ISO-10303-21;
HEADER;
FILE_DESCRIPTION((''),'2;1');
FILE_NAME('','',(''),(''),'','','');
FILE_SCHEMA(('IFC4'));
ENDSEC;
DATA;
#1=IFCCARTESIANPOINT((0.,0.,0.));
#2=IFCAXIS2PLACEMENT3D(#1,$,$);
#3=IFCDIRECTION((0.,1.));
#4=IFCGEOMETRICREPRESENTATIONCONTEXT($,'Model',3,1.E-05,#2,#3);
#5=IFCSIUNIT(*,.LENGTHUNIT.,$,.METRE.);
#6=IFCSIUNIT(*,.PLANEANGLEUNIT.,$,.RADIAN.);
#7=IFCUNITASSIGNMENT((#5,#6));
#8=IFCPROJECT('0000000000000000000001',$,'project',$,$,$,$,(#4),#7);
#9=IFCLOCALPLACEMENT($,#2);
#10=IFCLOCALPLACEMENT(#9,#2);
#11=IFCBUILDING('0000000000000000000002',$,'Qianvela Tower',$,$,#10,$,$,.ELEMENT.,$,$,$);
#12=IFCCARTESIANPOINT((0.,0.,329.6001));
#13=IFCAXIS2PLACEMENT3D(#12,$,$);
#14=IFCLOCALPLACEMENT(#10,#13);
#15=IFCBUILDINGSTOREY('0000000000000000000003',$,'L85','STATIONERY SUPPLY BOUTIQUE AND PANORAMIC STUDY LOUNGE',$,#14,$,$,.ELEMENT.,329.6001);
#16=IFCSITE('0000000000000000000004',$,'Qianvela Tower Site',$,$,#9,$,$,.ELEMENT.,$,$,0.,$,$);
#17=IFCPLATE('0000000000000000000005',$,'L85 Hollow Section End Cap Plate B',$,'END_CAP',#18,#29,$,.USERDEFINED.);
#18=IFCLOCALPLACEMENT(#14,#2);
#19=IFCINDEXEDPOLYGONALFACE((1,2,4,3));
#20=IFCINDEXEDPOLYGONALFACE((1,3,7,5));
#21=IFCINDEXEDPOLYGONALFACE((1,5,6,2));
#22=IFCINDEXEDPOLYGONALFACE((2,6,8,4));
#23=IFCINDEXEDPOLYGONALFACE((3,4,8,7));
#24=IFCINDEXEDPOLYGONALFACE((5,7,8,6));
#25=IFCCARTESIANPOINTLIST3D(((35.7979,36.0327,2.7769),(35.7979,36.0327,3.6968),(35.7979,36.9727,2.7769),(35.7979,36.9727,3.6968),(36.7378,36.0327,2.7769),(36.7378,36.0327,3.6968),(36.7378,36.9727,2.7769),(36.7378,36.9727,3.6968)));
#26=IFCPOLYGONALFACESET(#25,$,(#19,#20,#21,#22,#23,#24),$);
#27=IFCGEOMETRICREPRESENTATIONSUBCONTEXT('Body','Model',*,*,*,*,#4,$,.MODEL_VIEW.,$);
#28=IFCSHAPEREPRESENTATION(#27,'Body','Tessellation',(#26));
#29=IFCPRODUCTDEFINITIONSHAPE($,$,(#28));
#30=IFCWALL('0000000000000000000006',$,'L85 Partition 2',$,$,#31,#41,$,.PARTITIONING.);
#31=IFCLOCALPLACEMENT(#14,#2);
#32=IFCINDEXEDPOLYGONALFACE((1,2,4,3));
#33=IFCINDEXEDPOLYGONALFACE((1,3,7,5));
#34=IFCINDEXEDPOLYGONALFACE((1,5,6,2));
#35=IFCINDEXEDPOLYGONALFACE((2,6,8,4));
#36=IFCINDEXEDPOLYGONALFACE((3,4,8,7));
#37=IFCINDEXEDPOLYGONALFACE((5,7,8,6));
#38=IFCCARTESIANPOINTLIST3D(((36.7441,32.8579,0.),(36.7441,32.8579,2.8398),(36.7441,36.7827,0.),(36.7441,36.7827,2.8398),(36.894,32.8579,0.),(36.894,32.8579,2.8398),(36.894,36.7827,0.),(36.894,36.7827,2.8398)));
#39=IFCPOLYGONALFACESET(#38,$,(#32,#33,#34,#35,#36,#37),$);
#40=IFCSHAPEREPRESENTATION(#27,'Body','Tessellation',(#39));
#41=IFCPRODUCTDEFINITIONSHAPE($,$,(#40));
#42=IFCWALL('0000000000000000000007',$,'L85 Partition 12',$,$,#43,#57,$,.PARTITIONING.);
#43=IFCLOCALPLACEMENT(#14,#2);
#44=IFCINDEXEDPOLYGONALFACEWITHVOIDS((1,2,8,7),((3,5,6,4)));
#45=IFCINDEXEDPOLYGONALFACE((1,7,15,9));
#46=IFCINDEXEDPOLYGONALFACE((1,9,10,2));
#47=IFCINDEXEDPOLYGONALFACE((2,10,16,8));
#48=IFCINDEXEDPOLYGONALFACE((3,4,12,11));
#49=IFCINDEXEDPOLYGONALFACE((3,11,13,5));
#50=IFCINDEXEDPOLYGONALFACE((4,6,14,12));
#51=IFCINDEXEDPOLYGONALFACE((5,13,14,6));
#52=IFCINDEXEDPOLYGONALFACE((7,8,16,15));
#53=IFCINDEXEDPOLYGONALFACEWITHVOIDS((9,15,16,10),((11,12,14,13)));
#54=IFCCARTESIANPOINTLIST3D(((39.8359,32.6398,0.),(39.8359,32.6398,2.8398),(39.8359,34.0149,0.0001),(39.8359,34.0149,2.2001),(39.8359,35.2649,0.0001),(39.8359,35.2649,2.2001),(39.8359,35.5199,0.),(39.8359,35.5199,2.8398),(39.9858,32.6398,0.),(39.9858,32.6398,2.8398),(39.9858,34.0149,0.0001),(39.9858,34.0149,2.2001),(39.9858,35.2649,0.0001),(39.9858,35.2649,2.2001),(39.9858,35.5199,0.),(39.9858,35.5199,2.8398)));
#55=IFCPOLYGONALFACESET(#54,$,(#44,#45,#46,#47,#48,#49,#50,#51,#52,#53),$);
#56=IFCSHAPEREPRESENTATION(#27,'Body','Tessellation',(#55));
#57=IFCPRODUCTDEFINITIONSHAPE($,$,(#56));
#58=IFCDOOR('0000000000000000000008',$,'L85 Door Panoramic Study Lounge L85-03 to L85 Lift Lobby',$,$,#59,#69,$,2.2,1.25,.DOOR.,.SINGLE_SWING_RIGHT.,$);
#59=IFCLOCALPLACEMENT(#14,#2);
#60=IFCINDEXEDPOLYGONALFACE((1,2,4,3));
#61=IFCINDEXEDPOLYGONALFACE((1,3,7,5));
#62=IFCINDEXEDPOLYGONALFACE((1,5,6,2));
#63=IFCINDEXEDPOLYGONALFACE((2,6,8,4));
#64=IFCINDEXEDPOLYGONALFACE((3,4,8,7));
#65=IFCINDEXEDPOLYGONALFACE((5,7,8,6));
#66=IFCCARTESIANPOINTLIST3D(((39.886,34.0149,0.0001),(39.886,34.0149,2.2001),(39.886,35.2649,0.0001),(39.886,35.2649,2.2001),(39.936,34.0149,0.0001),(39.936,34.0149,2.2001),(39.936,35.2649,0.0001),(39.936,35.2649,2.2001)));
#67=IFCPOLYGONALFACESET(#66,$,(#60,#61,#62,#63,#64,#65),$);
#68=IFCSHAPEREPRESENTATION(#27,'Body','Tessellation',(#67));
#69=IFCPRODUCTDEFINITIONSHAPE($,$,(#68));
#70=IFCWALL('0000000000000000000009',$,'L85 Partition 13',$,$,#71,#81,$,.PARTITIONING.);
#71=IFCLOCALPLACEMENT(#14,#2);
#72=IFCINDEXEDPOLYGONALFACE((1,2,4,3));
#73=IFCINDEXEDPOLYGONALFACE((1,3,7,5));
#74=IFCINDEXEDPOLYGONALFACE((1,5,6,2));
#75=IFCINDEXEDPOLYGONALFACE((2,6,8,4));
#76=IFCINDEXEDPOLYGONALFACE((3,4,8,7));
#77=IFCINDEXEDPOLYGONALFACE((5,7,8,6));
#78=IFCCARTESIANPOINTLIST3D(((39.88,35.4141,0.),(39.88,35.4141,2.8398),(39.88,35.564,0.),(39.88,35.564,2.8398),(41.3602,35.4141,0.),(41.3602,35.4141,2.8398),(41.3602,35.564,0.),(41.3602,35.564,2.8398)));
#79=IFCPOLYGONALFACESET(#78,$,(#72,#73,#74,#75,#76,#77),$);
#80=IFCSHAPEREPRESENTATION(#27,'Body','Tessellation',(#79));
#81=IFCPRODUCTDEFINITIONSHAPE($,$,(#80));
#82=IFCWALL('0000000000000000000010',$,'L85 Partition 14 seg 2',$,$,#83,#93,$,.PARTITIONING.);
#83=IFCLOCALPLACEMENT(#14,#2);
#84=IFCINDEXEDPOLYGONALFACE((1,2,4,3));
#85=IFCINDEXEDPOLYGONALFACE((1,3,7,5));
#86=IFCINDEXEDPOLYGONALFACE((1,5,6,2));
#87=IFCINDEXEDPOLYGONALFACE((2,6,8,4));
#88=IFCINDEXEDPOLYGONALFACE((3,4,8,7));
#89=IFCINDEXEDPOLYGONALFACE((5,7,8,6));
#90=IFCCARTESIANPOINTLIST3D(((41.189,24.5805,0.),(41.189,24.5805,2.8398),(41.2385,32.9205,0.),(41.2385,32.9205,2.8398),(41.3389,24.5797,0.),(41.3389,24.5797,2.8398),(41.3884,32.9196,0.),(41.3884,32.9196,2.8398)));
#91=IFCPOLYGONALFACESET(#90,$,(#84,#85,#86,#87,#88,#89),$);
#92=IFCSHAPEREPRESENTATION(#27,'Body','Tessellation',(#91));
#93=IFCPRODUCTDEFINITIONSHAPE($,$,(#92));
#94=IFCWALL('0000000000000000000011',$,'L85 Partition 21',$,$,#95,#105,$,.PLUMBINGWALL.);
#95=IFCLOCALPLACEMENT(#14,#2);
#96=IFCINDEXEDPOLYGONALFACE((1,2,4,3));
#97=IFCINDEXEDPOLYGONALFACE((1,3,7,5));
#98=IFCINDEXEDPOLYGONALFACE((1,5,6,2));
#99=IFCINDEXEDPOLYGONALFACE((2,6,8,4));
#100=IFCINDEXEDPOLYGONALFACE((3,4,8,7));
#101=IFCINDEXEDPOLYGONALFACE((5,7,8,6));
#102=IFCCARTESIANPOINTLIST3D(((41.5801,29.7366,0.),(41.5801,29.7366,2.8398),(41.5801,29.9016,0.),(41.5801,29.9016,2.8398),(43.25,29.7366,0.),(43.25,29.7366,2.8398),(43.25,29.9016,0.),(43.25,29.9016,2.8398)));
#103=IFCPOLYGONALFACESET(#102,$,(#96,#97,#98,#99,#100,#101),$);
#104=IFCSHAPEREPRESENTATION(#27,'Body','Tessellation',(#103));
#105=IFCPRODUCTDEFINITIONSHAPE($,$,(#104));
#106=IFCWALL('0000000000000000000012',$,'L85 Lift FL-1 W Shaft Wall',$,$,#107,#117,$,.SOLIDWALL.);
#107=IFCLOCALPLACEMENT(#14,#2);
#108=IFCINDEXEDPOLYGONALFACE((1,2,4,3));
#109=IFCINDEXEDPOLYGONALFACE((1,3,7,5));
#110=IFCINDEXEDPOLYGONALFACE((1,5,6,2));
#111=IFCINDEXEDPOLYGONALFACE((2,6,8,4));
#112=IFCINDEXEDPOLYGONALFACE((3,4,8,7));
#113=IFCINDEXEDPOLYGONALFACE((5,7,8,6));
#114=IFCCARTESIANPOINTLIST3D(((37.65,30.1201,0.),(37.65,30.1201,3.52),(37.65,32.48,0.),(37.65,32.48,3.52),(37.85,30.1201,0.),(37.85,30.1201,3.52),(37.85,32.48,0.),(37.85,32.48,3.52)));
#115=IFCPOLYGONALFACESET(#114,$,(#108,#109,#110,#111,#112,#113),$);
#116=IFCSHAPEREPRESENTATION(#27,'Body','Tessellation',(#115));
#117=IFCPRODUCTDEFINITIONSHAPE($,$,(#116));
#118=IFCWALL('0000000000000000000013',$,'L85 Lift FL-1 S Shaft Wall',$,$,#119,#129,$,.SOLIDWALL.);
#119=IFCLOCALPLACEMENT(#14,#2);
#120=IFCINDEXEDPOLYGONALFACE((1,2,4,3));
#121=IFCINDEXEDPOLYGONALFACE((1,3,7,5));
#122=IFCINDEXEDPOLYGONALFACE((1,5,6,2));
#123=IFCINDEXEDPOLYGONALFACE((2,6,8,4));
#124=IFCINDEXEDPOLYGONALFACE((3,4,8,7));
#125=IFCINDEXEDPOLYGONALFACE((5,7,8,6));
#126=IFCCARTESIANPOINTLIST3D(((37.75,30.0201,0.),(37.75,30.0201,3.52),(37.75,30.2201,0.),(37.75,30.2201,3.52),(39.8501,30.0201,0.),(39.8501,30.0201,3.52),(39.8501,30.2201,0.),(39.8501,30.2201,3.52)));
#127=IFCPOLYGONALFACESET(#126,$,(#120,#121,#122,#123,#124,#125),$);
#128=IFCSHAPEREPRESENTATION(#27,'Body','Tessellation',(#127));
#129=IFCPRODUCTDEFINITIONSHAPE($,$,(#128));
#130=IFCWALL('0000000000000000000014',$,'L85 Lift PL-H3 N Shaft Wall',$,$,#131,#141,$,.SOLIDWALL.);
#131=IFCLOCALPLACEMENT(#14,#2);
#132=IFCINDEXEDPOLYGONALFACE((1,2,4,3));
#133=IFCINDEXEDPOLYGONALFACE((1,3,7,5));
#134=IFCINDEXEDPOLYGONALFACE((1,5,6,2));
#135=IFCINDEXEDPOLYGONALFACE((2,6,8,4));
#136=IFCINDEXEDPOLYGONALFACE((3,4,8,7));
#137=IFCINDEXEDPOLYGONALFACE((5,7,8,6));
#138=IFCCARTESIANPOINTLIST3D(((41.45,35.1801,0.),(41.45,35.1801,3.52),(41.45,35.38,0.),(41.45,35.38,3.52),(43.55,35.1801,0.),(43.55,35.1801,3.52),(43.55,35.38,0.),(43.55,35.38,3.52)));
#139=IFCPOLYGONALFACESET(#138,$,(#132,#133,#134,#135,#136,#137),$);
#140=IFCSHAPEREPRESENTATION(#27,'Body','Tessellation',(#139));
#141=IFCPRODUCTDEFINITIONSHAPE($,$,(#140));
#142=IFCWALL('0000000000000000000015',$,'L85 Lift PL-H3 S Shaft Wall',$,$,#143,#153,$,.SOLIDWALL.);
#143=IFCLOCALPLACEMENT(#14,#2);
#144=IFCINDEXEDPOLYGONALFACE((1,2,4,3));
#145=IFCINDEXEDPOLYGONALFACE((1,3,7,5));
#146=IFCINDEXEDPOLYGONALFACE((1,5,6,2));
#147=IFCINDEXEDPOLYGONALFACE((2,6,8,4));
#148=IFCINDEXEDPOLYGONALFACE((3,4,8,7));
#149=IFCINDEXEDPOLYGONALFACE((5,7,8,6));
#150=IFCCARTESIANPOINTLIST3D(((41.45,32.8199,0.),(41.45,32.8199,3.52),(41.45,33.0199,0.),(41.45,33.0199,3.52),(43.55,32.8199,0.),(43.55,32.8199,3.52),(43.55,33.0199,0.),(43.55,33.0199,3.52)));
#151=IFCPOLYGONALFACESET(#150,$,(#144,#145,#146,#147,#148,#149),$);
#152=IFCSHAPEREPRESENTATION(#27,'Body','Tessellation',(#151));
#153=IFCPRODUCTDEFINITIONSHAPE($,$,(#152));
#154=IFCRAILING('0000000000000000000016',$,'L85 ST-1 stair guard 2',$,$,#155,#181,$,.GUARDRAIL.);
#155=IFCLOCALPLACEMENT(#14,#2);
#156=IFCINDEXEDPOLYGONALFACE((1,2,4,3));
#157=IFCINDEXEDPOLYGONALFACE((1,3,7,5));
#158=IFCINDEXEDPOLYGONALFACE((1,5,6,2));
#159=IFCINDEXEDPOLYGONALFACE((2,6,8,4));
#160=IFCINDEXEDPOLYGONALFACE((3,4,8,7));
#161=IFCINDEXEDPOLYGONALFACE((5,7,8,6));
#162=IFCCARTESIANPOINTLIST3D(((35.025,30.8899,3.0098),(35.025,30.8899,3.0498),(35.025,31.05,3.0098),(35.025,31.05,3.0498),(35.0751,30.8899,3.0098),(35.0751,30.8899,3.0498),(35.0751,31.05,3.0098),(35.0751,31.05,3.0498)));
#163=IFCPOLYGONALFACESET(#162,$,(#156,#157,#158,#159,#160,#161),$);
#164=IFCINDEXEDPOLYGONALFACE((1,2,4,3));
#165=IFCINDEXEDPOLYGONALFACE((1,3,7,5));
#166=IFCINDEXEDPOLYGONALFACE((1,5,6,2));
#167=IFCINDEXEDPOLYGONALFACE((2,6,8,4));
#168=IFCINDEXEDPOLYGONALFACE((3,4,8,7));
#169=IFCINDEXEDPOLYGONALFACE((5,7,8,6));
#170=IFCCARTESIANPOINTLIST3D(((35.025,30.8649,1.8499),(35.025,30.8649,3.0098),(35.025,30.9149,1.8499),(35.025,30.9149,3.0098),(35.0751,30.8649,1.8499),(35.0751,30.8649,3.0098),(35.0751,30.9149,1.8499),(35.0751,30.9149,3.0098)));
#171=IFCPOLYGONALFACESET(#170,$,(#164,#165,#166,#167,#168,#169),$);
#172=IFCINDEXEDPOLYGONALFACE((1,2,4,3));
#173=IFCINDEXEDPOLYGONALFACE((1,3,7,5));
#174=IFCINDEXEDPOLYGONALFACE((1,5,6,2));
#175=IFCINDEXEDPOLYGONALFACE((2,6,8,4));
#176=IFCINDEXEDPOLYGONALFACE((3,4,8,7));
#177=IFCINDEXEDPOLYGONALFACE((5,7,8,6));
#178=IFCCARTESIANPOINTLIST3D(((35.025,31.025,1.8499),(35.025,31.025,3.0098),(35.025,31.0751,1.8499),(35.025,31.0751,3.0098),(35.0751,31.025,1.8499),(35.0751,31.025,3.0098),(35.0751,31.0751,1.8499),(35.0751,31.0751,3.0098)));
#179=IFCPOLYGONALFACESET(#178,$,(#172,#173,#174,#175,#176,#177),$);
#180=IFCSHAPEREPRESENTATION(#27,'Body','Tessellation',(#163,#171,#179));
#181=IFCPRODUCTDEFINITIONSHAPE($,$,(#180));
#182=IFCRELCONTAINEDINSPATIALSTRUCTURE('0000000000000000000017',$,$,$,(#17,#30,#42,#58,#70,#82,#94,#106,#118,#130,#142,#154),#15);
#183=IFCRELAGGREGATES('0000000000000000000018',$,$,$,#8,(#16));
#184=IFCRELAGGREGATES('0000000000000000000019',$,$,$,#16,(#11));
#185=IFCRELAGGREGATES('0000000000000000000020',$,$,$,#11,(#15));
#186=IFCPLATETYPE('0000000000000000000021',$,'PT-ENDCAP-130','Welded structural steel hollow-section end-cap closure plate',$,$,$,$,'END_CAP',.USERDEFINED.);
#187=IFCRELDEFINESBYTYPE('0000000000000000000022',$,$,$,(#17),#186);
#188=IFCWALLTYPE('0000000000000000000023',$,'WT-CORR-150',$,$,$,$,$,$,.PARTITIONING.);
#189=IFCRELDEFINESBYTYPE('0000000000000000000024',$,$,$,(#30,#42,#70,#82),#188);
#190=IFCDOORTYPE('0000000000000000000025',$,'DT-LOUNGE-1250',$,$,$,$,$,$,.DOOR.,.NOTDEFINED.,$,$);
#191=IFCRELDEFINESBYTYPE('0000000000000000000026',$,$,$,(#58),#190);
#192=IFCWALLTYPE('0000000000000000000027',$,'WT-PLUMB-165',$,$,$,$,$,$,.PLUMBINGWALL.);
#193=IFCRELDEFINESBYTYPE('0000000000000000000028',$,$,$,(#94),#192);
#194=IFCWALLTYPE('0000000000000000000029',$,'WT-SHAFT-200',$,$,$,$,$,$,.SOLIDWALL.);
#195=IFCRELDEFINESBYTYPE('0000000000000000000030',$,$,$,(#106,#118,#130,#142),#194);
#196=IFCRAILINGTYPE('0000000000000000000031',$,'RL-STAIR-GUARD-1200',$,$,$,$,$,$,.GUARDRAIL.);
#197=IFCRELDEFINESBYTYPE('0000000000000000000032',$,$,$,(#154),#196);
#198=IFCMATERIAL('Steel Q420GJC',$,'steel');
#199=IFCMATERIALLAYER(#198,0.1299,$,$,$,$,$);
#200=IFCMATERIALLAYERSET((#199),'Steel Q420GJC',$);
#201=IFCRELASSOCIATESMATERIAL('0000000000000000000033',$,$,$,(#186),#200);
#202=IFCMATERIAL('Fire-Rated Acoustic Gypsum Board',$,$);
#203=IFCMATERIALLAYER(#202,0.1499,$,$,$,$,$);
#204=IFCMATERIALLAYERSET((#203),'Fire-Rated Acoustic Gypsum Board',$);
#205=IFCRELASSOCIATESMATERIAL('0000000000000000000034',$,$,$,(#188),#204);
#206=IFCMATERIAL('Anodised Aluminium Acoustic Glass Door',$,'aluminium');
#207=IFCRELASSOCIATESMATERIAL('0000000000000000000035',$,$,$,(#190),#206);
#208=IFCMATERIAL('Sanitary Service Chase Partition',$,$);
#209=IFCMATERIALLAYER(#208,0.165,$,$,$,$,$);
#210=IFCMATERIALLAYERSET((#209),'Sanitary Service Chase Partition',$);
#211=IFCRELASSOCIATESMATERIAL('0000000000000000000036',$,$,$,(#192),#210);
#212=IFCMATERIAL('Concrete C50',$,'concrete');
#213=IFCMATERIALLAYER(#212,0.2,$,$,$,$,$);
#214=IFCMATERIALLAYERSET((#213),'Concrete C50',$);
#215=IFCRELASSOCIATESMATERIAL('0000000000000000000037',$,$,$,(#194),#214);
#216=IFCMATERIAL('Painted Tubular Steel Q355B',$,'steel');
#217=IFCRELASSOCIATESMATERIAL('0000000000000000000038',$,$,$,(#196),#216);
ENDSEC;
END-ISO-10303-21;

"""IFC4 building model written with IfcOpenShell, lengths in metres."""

from ifc_helpers import new_model, si_unit, direction, frame, frame_2d, origin, origin_2d, place, context, subcontext, project, spatial, rectangle, extrude, material, layer, layer_set, type_object, element, fill, save


model = new_model("IFC4")

# Units and contexts
model_context = context("Model", 3, precision=1e-05, world=origin(), true_north=direction((0.0, 1.0)))
body_context = subcontext(model_context, "Body", "Model", "MODEL_VIEW")
ifc_project = project(units=[si_unit("LENGTHUNIT", "METRE"), si_unit("PLANEANGLEUNIT", "RADIAN")], contexts=[model_context])

# Site, building, storey
site_placement = place(None, origin())
site = spatial("IfcSite", under=ifc_project, at=site_placement, Name="Qianvela Tower Site", CompositionType="ELEMENT", RefElevation=0.0)
building_placement = place(site_placement, origin())
building = spatial("IfcBuilding", under=site, at=building_placement, Name="Qianvela Tower", CompositionType="ELEMENT")
storey_placement = place(building_placement, frame((0.0, 0.0, 329.6001)))
storey = spatial("IfcBuildingStorey", under=building, at=storey_placement, Name="L85", Description="STATIONERY SUPPLY BOUTIQUE AND PANORAMIC STUDY LOUNGE", CompositionType="ELEMENT", Elevation=329.6001)

# Plate
ifc_material_1 = material(Name="Steel Q420GJC", Category="steel")
ifc_layer_1 = layer(ifc_material_1, 0.1299)
ifc_layer_set_1 = layer_set([ifc_layer_1], Name="Steel Q420GJC")
plate_type_1 = type_object("IfcPlateType", Name="PT-ENDCAP-130", Description="Welded structural steel hollow-section end-cap closure plate", ElementType="END_CAP", PredefinedType="USERDEFINED", material=ifc_layer_set_1)
plate_1_placement = place(storey_placement, frame((36.2678, 36.5027, 2.7769), z_axis=(0.0, 0.0, 1.0), x_axis=(1.0, 0.0, 0.0)))
element("IfcPlate", 1, at=plate_1_placement, inside=storey, type_object=plate_type_1, Name="L85 Hollow Section End Cap Plate B", ObjectType="END_CAP", PredefinedType="USERDEFINED", context=body_context, shape_type="SweptSolid", body=[
    extrude(rectangle(XDim=0.9399, YDim=0.9399, at=origin_2d()), origin(), (0.0, 0.0, 1.0), 0.9199),
])

# Wall
ifc_material_2 = material(Name="Fire-Rated Acoustic Gypsum Board")
ifc_layer_2 = layer(ifc_material_2, 0.1499)
ifc_layer_set_2 = layer_set([ifc_layer_2], Name="Fire-Rated Acoustic Gypsum Board")
wall_type_1 = type_object("IfcWallType", Name="WT-CORR-150", PredefinedType="PARTITIONING", material=ifc_layer_set_2)
wall_1_placement = place(storey_placement, frame((36.8191, 36.7827, 0.0), z_axis=(0.0, 0.0, 1.0), x_axis=(0.0, -1.0, 0.0)))
element("IfcWall", 2, at=wall_1_placement, inside=storey, type_object=wall_type_1, Name="L85 Partition 2", PredefinedType="PARTITIONING", context=body_context, shape_type="SweptSolid", body=[
    extrude(rectangle(XDim=3.9248, YDim=0.1499, at=frame_2d((1.9624, 0.0))), origin(), (0.0, 0.0, 1.0), 2.8398),
])

# Wall, opening, door
wall_2_placement = place(storey_placement, frame((39.9109, 32.6399, 0.0), z_axis=(0.0, 0.0, 1.0), x_axis=(0.0, 1.0, 0.0)))
wall_2 = element("IfcWall", 3, at=wall_2_placement, inside=storey, type_object=wall_type_1, Name="L85 Partition 12", PredefinedType="PARTITIONING", context=body_context, shape_type="SweptSolid", body=[
    extrude(rectangle(XDim=2.8801, YDim=0.1499, at=frame_2d((1.4399, 0.0))), origin(), (0.0, 0.0, 1.0), 2.8398),
])
opening_1_placement = place(wall_2_placement, frame((1.375, 0.0, 0.0)))
opening_1 = element("IfcOpeningElement", 4, at=opening_1_placement, cuts=wall_2, PredefinedType="OPENING", context=body_context, shape_type="SweptSolid", body=[
    extrude(rectangle(XDim=1.25, YDim=2.2, at=frame_2d((0.625, 1.1001))), frame((0.0, 0.085, 0.0), z_axis=(0.0, -1.0, 0.0), x_axis=(1.0, 0.0, 0.0)), (0.0, 0.0, 1.0), 0.1699),
])
ifc_material_3 = material(Name="Anodised Aluminium Acoustic Glass Door", Category="aluminium")
door_type_1 = type_object("IfcDoorType", Name="DT-LOUNGE-1250", OperationType="NOTDEFINED", PredefinedType="DOOR", material=ifc_material_3)
door_1_placement = place(opening_1_placement, origin())
door_1 = element("IfcDoor", 5, at=door_1_placement, inside=storey, type_object=door_type_1, Name="L85 Door Panoramic Study Lounge L85-03 to L85 Lift Lobby", OperationType="SINGLE_SWING_RIGHT", OverallHeight=2.2, OverallWidth=1.25, PredefinedType="DOOR", context=body_context, shape_type="SweptSolid", body=[
    extrude(rectangle(XDim=1.25, YDim=2.2, at=frame_2d((0.625, 1.1001))), frame((0.0, 0.0249, 0.0), z_axis=(0.0, -1.0, 0.0), x_axis=(1.0, 0.0, 0.0)), (0.0, 0.0, 1.0), 0.05),
])
fill(opening_1, door_1)

# Walls
wall_3_placement = place(storey_placement, frame((39.8799, 35.489, 0.0), z_axis=(0.0, 0.0, 1.0), x_axis=(1.0, 0.0, 0.0)))
element("IfcWall", 6, at=wall_3_placement, inside=storey, type_object=wall_type_1, Name="L85 Partition 13", PredefinedType="PARTITIONING", context=body_context, shape_type="SweptSolid", body=[
    extrude(rectangle(XDim=1.4802, YDim=0.1499, at=frame_2d((0.7402, 0.0))), origin(), (0.0, 0.0, 1.0), 2.8398),
])
wall_4_placement = place(storey_placement, frame((41.3135, 32.9199, 0.0), z_axis=(0.0, 0.0, 1.0), x_axis=(-0.005943, -0.999982, 0.0)))
element("IfcWall", 7, at=wall_4_placement, inside=storey, type_object=wall_type_1, Name="L85 Partition 14 seg 2", PredefinedType="PARTITIONING", context=body_context, shape_type="SweptSolid", body=[
    extrude(rectangle(XDim=8.3401, YDim=0.1499, at=frame_2d((4.1699, 0.0))), origin(), (0.0, 0.0, 1.0), 2.8398),
])
ifc_material_4 = material(Name="Sanitary Service Chase Partition")
ifc_layer_3 = layer(ifc_material_4, 0.165)
ifc_layer_set_3 = layer_set([ifc_layer_3], Name="Sanitary Service Chase Partition")
wall_type_2 = type_object("IfcWallType", Name="WT-PLUMB-165", PredefinedType="PLUMBINGWALL", material=ifc_layer_set_3)
wall_5_placement = place(storey_placement, frame((41.5801, 29.8191, 0.0), z_axis=(0.0, 0.0, 1.0), x_axis=(1.0, 0.0, 0.0)))
element("IfcWall", 8, at=wall_5_placement, inside=storey, type_object=wall_type_2, Name="L85 Partition 21", PredefinedType="PLUMBINGWALL", context=body_context, shape_type="SweptSolid", body=[
    extrude(rectangle(XDim=1.6699, YDim=0.165, at=frame_2d((0.835, 0.0))), origin(), (0.0, 0.0, 1.0), 2.8398),
])

# Shared definitions
ifc_material_5 = material(Name="Concrete C50", Category="concrete")
ifc_layer_4 = layer(ifc_material_5, 0.2)
ifc_layer_set_4 = layer_set([ifc_layer_4], Name="Concrete C50")
wall_type_3 = type_object("IfcWallType", Name="WT-SHAFT-200", PredefinedType="SOLIDWALL", material=ifc_layer_set_4)

# Walls
wall_6_placement = place(storey_placement, frame((37.75, 30.1201, 0.0), z_axis=(0.0, 0.0, 1.0), x_axis=(0.0, 1.0, 0.0)))
element("IfcWall", 9, at=wall_6_placement, inside=storey, type_object=wall_type_3, Name="L85 Lift FL-1 W Shaft Wall", PredefinedType="SOLIDWALL", context=body_context, shape_type="SweptSolid", body=[
    extrude(rectangle(XDim=2.3599, YDim=0.2, at=frame_2d((1.1799, 0.0))), origin(), (0.0, 0.0, 1.0), 3.52),
])
wall_7_placement = place(storey_placement, frame((37.75, 30.1201, 0.0), z_axis=(0.0, 0.0, 1.0), x_axis=(1.0, 0.0, 0.0)))
element("IfcWall", 10, at=wall_7_placement, inside=storey, type_object=wall_type_3, Name="L85 Lift FL-1 S Shaft Wall", PredefinedType="SOLIDWALL", context=body_context, shape_type="SweptSolid", body=[
    extrude(rectangle(XDim=2.1001, YDim=0.2, at=frame_2d((1.05, 0.0))), origin(), (0.0, 0.0, 1.0), 3.52),
])

# Walls
for number, where, z_axis, x_axis, name in (
    (11, (41.45, 35.28, 0.0), (0.0, 0.0, 1.0), (1.0, 0.0, 0.0), "L85 Lift PL-H3 N Shaft Wall"),
    (12, (41.45, 32.9199, 0.0), (0.0, 0.0, 1.0), (1.0, 0.0, 0.0), "L85 Lift PL-H3 S Shaft Wall"),
):
    element("IfcWall", number, at=place(storey_placement, frame(where, z_axis=z_axis, x_axis=x_axis)), inside=storey, type_object=wall_type_3, Name=name, PredefinedType="SOLIDWALL", context=body_context, shape_type="SweptSolid", body=[
        extrude(rectangle(XDim=2.1001, YDim=0.2, at=frame_2d((1.05, 0.0))), origin(), (0.0, 0.0, 1.0), 3.52),
    ])

# Railing
ifc_material_6 = material(Name="Painted Tubular Steel Q355B", Category="steel")
railing_type_1 = type_object("IfcRailingType", Name="RL-STAIR-GUARD-1200", PredefinedType="GUARDRAIL", material=ifc_material_6)
railing_1_placement = place(storey_placement, frame((35.05, 30.8899, 1.8499)))
element("IfcRailing", 13, at=railing_1_placement, inside=storey, type_object=railing_type_1, Name="L85 ST-1 stair guard 2", PredefinedType="GUARDRAIL", context=body_context, shape_type="SweptSolid", body=[
    extrude(rectangle(XDim=0.05, YDim=0.04, at=origin_2d()), frame((0.0, 0.0, 1.1799), z_axis=(0.0, 1.0, 0.0), x_axis=(-1.0, 0.0, 0.0)), (0.0, 0.0, 1.0), 0.1602),
    extrude(rectangle(XDim=0.05, YDim=0.05, at=origin_2d()), origin(), (0.0, 0.0, 1.0), 1.1599),
    extrude(rectangle(XDim=0.05, YDim=0.05, at=origin_2d()), frame((0.0, 0.1602, 0.0)), (0.0, 0.0, 1.0), 1.1599),
])

save(model, "model.ifc")
